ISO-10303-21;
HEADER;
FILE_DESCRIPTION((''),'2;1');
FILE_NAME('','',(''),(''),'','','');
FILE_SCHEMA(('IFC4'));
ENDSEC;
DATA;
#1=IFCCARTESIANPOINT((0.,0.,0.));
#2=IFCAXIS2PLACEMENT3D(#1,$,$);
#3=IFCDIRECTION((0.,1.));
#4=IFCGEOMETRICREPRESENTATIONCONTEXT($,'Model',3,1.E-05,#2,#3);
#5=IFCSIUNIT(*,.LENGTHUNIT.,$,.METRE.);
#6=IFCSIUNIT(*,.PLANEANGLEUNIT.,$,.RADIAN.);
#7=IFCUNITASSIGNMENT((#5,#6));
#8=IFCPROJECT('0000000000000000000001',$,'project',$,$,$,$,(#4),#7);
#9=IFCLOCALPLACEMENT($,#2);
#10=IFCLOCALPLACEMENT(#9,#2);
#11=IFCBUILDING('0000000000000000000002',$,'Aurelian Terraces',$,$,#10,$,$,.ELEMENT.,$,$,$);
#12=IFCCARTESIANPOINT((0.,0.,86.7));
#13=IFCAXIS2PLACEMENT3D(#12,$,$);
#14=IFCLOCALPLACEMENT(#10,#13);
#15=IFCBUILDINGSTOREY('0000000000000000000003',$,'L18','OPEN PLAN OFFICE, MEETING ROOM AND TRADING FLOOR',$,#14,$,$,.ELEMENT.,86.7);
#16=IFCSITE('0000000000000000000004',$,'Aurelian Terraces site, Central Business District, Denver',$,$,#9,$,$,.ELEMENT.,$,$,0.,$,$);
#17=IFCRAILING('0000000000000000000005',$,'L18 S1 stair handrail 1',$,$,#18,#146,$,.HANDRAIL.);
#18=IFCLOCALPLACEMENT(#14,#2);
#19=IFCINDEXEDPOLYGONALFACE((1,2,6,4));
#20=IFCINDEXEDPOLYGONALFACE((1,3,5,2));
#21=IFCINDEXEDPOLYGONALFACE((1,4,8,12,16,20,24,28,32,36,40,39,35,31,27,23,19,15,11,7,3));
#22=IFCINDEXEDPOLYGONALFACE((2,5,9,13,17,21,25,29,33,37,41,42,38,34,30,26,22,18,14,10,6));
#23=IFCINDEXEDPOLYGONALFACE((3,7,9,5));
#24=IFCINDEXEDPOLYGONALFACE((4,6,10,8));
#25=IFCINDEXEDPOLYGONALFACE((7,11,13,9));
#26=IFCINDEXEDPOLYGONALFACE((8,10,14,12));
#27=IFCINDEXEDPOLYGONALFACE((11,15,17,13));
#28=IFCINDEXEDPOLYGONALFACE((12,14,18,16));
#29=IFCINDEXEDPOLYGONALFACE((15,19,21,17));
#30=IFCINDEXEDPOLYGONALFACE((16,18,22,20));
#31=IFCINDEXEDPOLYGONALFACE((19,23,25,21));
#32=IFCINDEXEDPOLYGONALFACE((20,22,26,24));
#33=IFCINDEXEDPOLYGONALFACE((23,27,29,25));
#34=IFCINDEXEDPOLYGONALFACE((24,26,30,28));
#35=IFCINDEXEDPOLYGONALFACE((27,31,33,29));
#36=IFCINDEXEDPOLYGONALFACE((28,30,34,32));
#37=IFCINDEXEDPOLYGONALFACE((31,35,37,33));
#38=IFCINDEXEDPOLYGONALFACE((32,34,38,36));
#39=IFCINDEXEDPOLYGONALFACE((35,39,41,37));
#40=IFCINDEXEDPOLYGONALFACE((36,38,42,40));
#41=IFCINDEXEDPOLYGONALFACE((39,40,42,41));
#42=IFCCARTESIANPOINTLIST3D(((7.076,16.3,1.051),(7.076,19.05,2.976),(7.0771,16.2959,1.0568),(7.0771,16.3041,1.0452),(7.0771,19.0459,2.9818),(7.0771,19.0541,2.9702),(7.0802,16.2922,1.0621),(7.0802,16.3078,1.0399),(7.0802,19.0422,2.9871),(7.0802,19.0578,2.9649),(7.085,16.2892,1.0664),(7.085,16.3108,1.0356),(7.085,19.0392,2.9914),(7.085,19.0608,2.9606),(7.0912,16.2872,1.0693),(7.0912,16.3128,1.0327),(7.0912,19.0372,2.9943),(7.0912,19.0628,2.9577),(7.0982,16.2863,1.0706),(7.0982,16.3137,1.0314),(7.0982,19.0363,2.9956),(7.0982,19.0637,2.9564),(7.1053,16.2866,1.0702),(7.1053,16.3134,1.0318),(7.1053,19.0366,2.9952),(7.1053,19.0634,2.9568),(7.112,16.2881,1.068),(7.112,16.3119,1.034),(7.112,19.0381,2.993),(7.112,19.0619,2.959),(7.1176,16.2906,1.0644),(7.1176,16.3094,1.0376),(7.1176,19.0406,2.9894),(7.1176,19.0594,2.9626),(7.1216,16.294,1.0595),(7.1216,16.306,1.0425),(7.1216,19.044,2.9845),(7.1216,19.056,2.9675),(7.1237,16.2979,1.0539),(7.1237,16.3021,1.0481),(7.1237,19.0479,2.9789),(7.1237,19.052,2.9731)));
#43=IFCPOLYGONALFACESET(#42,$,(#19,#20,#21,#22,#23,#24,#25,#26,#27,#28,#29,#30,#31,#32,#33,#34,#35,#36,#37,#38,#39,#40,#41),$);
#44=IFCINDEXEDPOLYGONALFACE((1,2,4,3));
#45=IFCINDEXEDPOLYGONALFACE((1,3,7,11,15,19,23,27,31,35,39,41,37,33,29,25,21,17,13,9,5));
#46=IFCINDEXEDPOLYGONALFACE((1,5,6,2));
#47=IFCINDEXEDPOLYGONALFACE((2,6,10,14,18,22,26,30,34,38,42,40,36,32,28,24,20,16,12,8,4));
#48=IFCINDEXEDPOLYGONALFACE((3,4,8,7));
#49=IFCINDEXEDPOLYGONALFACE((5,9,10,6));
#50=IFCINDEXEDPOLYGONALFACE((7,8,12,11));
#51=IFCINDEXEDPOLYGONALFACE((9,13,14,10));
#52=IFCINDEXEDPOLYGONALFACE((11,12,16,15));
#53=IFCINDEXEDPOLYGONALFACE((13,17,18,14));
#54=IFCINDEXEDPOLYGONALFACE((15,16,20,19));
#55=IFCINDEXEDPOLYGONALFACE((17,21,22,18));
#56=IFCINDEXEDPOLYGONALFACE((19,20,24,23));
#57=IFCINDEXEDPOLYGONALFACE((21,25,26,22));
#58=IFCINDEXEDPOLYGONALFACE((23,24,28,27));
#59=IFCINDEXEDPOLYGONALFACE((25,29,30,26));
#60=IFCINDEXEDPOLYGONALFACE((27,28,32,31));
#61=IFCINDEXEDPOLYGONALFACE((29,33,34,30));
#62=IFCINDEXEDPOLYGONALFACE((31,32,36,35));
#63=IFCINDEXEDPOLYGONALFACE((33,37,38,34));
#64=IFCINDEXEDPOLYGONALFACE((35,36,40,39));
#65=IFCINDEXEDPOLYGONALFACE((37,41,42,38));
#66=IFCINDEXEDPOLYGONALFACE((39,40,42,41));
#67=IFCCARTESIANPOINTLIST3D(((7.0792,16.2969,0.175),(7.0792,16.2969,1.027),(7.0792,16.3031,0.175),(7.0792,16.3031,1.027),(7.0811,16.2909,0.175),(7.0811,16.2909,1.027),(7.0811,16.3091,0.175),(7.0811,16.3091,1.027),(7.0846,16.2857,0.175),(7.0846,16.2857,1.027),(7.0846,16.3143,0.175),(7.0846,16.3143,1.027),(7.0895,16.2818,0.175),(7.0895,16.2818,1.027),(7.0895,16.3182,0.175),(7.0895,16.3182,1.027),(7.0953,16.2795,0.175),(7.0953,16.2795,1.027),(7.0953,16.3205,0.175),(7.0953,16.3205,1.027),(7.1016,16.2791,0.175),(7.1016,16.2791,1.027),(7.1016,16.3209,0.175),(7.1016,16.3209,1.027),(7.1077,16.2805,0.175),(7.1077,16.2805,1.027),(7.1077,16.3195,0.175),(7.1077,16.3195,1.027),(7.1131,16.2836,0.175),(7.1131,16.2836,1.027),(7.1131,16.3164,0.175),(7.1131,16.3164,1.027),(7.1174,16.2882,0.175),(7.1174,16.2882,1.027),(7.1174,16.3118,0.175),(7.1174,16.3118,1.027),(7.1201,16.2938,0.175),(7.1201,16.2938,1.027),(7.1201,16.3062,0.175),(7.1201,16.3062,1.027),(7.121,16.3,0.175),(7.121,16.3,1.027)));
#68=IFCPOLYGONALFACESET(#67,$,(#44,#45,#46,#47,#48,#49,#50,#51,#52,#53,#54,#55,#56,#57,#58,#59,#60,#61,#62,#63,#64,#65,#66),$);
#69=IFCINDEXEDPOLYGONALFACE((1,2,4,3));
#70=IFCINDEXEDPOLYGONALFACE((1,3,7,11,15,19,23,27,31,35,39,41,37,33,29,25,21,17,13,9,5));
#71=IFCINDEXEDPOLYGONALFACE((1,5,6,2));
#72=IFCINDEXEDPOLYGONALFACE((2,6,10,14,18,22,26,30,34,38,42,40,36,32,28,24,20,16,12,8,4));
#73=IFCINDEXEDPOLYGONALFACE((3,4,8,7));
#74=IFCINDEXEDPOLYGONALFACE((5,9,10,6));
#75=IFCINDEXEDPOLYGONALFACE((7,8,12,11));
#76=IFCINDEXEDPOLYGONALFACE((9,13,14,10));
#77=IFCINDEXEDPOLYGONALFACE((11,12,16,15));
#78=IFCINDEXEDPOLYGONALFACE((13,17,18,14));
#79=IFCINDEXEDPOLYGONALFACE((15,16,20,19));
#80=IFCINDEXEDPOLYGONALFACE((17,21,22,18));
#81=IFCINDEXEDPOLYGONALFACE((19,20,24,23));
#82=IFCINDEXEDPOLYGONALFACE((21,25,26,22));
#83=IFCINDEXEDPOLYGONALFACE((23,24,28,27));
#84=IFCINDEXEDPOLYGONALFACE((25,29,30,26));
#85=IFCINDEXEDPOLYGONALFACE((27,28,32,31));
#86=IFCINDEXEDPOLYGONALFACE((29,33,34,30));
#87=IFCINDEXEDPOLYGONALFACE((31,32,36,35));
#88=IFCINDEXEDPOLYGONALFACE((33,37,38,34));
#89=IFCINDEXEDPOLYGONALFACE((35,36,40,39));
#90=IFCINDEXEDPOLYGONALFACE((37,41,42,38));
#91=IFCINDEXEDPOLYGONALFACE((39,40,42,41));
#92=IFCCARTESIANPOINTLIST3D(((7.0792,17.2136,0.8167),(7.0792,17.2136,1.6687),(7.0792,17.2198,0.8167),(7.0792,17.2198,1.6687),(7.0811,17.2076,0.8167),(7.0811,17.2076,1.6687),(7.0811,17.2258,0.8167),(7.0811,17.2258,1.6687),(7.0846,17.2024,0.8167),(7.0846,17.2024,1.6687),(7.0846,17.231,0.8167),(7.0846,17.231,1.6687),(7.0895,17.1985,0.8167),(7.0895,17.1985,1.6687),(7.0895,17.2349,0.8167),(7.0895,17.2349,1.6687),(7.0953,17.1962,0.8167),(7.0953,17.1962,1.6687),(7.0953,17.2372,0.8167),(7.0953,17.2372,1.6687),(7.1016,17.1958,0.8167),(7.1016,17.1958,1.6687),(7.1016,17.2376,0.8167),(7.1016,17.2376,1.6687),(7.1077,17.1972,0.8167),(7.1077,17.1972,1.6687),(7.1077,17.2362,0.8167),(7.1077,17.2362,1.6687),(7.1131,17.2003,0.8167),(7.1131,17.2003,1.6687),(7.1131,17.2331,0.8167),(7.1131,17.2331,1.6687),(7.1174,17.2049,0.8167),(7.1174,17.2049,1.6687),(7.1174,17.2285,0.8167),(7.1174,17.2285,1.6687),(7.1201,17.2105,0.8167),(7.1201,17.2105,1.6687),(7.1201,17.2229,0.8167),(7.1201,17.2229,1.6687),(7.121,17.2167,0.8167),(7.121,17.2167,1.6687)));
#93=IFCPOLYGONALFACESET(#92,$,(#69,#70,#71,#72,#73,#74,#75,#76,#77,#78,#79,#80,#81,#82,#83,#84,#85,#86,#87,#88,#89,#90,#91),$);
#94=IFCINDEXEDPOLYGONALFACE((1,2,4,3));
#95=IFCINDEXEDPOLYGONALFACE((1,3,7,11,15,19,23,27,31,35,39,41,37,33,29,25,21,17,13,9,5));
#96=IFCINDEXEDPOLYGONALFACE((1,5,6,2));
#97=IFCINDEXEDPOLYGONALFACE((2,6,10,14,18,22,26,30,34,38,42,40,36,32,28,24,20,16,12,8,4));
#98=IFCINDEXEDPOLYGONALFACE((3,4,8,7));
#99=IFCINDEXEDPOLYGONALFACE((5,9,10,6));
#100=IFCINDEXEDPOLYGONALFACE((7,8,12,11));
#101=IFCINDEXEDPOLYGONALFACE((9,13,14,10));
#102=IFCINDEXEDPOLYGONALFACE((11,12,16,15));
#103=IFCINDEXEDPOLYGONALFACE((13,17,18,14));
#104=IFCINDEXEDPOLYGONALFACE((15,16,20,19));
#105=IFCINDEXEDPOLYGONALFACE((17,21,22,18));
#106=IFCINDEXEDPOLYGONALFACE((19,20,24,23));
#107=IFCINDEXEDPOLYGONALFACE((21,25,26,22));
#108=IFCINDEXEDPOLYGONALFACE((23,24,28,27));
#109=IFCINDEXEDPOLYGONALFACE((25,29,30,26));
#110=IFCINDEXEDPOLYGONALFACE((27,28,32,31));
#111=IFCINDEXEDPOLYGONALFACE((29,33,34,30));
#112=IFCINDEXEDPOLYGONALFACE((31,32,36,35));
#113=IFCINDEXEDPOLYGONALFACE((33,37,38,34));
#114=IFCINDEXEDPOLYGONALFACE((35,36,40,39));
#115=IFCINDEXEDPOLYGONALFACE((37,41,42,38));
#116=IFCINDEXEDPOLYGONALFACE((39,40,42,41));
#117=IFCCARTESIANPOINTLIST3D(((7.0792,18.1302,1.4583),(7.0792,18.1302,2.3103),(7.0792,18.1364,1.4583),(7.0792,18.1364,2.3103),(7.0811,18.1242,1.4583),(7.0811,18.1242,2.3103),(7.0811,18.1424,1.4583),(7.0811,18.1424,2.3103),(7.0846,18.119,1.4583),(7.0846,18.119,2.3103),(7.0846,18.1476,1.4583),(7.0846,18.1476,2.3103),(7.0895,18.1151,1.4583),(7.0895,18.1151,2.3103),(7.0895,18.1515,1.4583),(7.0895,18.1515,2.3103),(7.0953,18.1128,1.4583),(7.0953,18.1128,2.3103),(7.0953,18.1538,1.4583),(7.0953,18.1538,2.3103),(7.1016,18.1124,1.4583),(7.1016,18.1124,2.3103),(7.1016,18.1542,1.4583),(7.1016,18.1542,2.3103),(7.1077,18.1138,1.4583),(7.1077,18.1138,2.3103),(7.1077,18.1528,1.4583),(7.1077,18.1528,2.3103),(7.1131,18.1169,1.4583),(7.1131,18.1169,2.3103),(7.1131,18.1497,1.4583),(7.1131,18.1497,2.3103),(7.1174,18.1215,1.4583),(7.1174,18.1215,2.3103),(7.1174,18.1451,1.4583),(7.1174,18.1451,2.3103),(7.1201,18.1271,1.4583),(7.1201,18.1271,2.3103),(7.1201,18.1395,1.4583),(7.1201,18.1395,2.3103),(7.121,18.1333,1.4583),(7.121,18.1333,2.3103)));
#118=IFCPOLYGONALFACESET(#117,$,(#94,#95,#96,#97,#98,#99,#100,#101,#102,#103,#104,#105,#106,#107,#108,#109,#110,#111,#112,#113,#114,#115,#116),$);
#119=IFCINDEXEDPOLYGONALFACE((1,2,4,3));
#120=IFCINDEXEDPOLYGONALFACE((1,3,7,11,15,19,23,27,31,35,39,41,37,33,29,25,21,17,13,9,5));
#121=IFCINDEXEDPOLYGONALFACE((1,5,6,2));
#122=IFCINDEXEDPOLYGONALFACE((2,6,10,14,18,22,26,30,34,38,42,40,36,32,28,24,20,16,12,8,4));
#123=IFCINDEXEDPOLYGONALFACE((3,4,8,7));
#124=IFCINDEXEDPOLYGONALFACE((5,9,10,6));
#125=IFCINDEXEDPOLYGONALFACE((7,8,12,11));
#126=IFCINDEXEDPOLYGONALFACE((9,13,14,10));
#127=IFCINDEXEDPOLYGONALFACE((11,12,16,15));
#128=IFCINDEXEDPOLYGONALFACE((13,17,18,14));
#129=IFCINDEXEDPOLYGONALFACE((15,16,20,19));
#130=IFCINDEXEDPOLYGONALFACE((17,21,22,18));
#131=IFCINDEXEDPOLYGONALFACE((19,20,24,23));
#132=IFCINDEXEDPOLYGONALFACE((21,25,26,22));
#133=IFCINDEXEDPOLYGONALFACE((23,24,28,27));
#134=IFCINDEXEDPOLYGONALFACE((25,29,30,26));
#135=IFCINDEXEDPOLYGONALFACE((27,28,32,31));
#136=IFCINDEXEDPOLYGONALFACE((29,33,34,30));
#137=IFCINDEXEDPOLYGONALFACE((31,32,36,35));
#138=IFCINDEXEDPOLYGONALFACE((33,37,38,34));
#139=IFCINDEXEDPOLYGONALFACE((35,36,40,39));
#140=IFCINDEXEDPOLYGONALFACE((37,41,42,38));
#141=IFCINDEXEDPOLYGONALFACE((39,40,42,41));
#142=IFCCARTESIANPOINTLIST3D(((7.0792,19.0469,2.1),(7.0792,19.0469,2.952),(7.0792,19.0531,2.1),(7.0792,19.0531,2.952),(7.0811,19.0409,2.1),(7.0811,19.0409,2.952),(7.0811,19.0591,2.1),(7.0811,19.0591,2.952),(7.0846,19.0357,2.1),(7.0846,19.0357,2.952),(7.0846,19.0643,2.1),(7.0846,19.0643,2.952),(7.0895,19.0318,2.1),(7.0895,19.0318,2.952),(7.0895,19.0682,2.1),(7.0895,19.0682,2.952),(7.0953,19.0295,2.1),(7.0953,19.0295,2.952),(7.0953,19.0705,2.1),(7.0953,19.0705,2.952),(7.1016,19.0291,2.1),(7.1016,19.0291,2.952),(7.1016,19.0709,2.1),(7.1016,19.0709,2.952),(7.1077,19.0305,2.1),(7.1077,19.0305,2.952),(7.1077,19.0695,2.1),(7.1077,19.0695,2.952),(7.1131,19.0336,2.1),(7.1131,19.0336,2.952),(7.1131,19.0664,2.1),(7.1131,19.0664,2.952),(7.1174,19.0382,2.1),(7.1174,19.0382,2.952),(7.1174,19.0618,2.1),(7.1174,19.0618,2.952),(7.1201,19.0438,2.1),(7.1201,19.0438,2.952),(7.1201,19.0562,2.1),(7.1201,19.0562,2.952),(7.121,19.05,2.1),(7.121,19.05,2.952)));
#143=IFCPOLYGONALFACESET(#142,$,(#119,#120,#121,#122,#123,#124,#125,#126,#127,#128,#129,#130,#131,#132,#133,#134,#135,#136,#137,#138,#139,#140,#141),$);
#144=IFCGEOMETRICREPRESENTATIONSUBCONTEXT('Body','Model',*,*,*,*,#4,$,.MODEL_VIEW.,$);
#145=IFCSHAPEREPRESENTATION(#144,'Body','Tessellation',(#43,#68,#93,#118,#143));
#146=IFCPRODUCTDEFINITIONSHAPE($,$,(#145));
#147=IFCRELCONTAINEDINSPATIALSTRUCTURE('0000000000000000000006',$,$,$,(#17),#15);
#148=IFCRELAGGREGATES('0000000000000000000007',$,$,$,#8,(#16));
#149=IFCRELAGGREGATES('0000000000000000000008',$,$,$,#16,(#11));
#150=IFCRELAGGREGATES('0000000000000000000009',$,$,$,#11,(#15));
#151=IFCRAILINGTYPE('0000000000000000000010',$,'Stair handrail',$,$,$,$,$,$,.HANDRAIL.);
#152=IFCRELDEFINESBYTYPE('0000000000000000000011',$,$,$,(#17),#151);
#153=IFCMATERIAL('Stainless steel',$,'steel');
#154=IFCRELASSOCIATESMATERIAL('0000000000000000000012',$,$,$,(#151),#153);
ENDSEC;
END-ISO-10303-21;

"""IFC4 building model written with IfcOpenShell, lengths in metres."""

from ifc_helpers import new_model, si_unit, direction, frame, origin, origin_2d, place, context, subcontext, project, spatial, circle, extrude, source, transform, mapped, material, type_object, element, save


model = new_model("IFC4")

# Units and contexts
model_context = context("Model", 3, precision=1e-05, world=origin(), true_north=direction((0.0, 1.0)))
body_context = subcontext(model_context, "Body", "Model", "MODEL_VIEW")
ifc_project = project(units=[si_unit("LENGTHUNIT", "METRE"), si_unit("PLANEANGLEUNIT", "RADIAN")], contexts=[model_context])

# Site, building, storey
site_placement = place(None, origin())
site = spatial("IfcSite", under=ifc_project, at=site_placement, Name="Aurelian Terraces site, Central Business District, Denver", CompositionType="ELEMENT", RefElevation=0.0)
building_placement = place(site_placement, origin())
building = spatial("IfcBuilding", under=site, at=building_placement, Name="Aurelian Terraces", CompositionType="ELEMENT")
storey_placement = place(building_placement, frame((0.0, 0.0, 86.7)))
storey = spatial("IfcBuildingStorey", under=building, at=storey_placement, Name="L18", Description="OPEN PLAN OFFICE, MEETING ROOM AND TRADING FLOOR", CompositionType="ELEMENT", Elevation=86.7)

# Railing
ifc_material_1 = material(Name="Stainless steel", Category="steel")
railing_type_1 = type_object("IfcRailingType", Name="Stair handrail", PredefinedType="HANDRAIL", material=ifc_material_1)
shared_shape_1 = source(origin(), body_context, "Body", "SweptSolid", [
    extrude(circle(Radius=0.024, at=origin_2d()), frame((0.0, 0.0, 0.876), z_axis=(0.0, 0.819232, 0.573462), x_axis=(-1.0, 0.0, 0.0)), (0.0, 0.0, 1.0), 3.3568),
    extrude(circle(Radius=0.021, at=origin_2d()), origin(), (0.0, 0.0, 1.0), 0.852),
    extrude(circle(Radius=0.021, at=origin_2d()), frame((0.0, 0.9167, 0.6417)), (0.0, 0.0, 1.0), 0.852),
    extrude(circle(Radius=0.021, at=origin_2d()), frame((0.0, 1.8333, 1.2833)), (0.0, 0.0, 1.0), 0.852),
    extrude(circle(Radius=0.021, at=origin_2d()), frame((0.0, 2.75, 1.925)), (0.0, 0.0, 1.0), 0.852),
])
railing_1_placement = place(storey_placement, frame((7.1, 16.3, 0.175)))
element("IfcRailing", 1, at=railing_1_placement, inside=storey, type_object=railing_type_1, Name="L18 S1 stair handrail 1", PredefinedType="HANDRAIL", context=body_context, shape_type="MappedRepresentation", body=[
    mapped(shared_shape_1, transform((0.0, 0.0, 0.0), scale=1.0)),
])

save(model, "model.ifc")
